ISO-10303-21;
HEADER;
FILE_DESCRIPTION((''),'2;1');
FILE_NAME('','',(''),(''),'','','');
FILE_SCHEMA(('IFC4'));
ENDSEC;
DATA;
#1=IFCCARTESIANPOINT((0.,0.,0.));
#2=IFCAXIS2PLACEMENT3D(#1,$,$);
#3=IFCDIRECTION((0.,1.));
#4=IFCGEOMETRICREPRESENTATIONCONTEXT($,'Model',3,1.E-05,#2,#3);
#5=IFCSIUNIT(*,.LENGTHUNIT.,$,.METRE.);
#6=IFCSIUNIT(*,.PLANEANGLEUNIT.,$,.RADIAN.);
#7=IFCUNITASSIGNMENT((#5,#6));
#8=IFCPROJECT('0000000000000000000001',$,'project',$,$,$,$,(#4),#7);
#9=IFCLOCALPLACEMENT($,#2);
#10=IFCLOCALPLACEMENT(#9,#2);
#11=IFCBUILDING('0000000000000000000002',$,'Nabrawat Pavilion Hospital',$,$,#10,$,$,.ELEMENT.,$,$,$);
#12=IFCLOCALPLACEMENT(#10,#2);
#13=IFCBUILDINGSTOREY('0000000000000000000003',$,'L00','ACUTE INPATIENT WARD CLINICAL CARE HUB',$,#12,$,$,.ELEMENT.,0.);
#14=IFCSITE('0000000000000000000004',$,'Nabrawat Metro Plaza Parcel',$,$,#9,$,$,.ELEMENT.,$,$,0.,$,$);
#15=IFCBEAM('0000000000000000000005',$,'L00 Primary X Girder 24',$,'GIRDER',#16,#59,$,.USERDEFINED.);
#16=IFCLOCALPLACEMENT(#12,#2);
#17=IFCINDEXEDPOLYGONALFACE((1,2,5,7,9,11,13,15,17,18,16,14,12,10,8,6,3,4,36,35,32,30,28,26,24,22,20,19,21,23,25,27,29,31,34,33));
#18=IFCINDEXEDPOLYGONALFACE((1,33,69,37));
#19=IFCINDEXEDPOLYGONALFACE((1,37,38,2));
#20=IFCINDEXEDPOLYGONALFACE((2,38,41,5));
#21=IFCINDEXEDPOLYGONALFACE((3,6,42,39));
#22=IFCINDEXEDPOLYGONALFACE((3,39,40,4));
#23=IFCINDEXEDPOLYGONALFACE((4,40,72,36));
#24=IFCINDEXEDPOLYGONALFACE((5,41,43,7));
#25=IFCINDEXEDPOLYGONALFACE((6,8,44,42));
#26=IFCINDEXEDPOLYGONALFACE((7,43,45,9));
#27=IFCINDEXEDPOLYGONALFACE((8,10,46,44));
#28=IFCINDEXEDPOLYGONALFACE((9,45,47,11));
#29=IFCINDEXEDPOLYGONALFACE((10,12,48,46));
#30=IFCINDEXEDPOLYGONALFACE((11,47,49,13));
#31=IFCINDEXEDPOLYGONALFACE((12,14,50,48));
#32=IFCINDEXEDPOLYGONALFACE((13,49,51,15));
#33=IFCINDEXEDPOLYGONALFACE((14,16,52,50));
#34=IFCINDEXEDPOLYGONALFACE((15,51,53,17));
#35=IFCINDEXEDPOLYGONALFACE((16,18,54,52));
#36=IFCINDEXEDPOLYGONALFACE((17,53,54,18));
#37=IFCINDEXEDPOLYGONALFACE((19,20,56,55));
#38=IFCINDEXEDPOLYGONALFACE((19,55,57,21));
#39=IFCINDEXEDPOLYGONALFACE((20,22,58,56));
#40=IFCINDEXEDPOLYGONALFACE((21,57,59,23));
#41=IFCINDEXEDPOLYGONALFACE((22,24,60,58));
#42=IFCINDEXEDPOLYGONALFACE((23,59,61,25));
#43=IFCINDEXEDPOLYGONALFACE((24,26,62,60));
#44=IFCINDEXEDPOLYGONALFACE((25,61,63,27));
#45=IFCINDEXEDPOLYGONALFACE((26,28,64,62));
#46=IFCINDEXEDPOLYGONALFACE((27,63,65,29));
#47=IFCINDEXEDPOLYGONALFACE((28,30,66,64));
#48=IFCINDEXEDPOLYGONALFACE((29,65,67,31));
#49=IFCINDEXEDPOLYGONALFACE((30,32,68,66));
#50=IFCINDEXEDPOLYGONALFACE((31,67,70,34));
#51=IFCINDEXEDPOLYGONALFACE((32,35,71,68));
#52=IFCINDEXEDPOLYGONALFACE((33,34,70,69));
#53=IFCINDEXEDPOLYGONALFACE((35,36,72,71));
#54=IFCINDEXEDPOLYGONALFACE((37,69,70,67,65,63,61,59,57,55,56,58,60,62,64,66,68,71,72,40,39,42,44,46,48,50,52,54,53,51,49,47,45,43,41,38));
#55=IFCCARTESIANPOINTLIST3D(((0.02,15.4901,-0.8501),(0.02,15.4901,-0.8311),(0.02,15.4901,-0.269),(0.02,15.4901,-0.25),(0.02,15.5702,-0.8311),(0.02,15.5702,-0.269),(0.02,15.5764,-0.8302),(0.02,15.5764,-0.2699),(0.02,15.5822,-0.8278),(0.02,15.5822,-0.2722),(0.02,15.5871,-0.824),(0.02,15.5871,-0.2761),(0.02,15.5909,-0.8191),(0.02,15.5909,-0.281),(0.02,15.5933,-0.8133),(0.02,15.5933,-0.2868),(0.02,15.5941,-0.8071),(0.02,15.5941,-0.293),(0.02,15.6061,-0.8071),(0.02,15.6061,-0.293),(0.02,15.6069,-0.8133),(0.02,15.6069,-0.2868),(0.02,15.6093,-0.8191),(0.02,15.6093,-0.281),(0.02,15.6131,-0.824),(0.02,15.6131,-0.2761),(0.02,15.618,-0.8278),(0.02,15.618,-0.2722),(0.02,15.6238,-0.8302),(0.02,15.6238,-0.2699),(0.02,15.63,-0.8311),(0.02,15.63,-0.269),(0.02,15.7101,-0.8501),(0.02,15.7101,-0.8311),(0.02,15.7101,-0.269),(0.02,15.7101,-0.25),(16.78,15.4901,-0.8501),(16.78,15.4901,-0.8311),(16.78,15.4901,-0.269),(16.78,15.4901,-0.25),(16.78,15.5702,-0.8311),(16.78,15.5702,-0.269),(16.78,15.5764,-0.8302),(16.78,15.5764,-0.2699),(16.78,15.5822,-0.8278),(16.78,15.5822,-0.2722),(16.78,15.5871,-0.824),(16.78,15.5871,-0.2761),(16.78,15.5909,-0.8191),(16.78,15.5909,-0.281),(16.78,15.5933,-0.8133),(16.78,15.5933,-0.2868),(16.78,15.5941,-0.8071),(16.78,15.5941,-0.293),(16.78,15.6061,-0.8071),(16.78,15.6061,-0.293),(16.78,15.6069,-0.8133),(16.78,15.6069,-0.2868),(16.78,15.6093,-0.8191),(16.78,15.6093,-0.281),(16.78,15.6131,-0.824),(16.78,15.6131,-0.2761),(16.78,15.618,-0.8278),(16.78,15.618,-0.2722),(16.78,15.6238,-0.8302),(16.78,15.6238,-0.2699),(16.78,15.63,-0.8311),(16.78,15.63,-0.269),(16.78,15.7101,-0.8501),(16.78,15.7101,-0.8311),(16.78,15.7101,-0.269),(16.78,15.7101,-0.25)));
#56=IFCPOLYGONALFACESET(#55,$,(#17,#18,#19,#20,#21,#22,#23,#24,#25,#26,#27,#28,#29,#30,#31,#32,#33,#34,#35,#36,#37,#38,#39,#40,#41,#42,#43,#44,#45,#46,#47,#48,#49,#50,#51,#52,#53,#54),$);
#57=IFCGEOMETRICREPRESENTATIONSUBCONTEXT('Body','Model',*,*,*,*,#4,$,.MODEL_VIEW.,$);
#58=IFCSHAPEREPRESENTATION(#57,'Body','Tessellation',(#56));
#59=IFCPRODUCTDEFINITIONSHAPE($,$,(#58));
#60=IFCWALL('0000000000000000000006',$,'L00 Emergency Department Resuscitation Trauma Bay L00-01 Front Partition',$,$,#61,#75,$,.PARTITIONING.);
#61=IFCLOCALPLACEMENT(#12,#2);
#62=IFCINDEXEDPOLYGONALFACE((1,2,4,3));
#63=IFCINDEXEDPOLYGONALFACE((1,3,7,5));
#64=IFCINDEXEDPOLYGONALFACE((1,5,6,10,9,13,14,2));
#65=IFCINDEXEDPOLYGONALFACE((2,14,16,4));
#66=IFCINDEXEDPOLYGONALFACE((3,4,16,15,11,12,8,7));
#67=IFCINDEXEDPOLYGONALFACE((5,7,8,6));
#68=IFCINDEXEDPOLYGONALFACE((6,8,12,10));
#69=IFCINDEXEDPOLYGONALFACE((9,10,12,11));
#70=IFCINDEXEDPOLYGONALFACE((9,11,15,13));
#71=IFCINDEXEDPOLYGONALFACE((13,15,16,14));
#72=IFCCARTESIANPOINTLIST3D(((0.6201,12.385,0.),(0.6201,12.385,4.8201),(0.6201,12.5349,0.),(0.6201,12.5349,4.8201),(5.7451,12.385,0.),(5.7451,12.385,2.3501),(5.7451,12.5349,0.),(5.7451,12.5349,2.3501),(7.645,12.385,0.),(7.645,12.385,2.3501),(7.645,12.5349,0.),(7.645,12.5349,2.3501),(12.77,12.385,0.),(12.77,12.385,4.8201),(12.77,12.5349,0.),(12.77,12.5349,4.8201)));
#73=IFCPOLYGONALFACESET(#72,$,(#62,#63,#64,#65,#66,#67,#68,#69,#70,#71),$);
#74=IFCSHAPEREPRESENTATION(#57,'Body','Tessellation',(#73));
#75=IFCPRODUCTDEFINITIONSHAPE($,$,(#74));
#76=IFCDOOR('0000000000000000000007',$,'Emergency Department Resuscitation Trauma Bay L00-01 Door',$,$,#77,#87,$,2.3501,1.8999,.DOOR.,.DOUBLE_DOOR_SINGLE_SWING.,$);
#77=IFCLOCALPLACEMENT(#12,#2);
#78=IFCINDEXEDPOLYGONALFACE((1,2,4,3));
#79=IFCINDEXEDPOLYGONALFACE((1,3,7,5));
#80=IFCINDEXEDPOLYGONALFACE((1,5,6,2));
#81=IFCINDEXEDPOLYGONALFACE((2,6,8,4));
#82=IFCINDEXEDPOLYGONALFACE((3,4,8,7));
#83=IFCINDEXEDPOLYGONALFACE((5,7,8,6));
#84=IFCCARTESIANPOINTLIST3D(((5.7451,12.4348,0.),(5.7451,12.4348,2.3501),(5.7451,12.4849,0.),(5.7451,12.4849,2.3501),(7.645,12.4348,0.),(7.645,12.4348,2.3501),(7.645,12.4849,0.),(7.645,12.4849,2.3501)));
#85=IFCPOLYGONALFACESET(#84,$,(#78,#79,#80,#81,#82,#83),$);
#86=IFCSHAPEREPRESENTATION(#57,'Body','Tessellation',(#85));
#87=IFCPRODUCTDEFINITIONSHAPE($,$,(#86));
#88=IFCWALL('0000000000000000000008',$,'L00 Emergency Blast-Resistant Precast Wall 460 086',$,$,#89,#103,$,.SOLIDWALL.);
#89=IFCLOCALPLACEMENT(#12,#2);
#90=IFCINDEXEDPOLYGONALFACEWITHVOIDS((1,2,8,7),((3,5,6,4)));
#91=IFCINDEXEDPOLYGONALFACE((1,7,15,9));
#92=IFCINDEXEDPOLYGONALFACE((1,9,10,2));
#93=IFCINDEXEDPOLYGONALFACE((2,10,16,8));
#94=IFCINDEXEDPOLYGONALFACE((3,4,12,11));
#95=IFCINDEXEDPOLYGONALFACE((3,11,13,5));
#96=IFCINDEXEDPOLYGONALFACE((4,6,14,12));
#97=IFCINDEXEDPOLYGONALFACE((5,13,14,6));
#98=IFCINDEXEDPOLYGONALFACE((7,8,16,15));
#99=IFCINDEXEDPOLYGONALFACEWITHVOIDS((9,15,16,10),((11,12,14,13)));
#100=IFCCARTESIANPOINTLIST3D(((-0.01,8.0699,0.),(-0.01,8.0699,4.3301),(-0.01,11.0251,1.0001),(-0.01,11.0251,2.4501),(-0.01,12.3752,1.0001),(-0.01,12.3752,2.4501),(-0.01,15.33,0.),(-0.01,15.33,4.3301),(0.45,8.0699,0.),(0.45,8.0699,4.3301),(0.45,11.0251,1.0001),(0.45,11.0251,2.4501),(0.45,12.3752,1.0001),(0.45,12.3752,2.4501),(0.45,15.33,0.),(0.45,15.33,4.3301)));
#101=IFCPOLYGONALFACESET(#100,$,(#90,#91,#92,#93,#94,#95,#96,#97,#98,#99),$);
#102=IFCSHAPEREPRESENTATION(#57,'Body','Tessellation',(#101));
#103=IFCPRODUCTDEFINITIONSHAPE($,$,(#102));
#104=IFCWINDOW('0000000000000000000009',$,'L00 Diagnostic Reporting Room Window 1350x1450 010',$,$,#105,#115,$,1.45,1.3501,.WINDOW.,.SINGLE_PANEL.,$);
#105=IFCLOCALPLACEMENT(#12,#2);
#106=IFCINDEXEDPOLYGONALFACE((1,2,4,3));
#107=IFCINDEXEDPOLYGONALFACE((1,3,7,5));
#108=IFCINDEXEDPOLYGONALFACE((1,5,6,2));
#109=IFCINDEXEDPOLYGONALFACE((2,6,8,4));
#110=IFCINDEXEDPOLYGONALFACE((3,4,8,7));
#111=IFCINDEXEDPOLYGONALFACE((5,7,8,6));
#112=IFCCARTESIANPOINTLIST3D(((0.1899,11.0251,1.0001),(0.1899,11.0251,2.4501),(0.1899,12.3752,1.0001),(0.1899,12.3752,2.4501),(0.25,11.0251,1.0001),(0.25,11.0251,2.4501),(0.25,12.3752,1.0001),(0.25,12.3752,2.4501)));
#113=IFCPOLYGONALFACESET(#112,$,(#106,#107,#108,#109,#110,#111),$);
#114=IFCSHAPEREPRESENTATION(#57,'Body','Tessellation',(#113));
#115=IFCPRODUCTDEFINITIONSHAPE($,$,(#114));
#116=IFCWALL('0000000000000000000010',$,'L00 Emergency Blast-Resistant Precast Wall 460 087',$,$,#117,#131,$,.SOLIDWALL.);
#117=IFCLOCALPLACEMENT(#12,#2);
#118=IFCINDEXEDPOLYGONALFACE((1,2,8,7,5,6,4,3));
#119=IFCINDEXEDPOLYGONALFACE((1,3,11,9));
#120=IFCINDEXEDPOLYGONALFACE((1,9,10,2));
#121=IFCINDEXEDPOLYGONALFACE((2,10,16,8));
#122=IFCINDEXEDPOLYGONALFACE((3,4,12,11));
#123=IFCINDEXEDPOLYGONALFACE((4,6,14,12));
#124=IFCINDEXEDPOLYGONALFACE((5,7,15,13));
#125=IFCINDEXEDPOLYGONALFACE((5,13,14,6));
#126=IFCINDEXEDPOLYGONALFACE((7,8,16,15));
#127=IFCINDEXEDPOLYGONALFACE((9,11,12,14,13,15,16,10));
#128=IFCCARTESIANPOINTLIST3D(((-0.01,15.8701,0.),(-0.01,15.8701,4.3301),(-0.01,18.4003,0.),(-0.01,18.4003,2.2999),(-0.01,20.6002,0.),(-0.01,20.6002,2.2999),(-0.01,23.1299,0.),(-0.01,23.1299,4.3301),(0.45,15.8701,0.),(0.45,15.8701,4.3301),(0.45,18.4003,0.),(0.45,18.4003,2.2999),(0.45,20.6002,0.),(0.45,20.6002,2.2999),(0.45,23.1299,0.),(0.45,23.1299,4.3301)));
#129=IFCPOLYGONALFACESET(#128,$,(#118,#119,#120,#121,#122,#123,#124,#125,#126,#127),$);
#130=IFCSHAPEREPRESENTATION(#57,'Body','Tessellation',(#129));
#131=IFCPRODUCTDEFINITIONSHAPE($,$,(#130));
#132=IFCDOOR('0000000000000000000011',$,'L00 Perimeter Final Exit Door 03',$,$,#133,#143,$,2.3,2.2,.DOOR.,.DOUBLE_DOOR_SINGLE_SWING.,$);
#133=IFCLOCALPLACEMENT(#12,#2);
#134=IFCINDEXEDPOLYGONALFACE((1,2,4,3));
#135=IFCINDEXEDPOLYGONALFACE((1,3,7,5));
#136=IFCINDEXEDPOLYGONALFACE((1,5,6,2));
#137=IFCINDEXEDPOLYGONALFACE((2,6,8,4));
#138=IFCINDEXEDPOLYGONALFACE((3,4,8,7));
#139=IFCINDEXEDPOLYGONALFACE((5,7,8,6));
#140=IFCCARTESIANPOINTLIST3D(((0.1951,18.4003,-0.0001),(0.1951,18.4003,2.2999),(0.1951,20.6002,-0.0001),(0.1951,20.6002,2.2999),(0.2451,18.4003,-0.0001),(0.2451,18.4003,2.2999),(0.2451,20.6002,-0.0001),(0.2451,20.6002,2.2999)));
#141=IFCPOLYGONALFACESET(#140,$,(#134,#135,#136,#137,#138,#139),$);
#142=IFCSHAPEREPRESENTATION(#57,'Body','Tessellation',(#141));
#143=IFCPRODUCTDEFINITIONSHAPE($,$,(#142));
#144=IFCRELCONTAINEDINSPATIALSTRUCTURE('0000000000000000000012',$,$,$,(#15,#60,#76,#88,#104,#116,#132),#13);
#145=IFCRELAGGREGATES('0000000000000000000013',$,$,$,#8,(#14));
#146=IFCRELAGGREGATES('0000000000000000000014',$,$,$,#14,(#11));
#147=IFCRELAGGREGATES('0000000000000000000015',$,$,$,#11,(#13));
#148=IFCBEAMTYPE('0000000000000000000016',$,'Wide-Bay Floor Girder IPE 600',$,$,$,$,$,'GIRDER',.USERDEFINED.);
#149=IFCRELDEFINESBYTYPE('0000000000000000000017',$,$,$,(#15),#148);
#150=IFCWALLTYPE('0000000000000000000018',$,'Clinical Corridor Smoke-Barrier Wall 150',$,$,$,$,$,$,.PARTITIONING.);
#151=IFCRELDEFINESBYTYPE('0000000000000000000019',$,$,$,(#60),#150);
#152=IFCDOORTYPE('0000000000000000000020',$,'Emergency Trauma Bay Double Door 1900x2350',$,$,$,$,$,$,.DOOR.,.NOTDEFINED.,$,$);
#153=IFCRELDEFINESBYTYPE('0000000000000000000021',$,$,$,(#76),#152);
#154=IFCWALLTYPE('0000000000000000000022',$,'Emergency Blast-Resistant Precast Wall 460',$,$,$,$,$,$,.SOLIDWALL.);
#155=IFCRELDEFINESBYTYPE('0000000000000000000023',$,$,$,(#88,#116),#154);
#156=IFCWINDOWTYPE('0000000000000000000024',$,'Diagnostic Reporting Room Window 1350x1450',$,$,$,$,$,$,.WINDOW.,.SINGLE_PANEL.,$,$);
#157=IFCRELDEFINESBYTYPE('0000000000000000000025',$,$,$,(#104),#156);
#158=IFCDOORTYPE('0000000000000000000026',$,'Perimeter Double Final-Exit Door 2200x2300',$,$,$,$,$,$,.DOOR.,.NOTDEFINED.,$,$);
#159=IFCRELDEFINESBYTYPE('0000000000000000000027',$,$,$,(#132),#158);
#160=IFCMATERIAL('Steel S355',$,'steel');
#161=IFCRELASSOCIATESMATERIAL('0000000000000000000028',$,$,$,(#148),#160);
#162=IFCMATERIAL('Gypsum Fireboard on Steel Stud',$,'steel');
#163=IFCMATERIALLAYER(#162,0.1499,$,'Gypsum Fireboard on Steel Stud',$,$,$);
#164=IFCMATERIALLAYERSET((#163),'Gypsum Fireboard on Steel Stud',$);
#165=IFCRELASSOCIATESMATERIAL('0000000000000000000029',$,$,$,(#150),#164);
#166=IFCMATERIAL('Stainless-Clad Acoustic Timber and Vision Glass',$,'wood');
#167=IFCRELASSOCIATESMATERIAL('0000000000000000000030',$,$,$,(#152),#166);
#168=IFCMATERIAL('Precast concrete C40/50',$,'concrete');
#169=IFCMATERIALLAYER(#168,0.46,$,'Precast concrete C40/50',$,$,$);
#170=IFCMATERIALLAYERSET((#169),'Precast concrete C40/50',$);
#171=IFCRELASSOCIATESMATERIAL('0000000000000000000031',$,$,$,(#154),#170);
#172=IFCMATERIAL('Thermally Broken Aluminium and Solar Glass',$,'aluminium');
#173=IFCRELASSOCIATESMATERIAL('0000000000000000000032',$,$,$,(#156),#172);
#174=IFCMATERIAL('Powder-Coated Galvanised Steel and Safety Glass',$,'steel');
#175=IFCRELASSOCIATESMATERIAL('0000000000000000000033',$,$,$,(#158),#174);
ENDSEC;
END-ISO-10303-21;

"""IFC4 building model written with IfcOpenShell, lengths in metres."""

from ifc_helpers import new_model, si_unit, direction, frame, frame_2d, origin, origin_2d, place, context, subcontext, project, spatial, rectangle, i_section, extrude, material, layer, layer_set, material_profile, profile_set, type_object, element, fill, save


model = new_model("IFC4")

# Units and contexts
model_context = context("Model", 3, precision=1e-05, world=origin(), true_north=direction((0.0, 1.0)))
body_context = subcontext(model_context, "Body", "Model", "MODEL_VIEW")
ifc_project = project(units=[si_unit("LENGTHUNIT", "METRE"), si_unit("PLANEANGLEUNIT", "RADIAN")], contexts=[model_context])

# Site, building, storey
site_placement = place(None, origin())
site = spatial("IfcSite", under=ifc_project, at=site_placement, Name="Nabrawat Metro Plaza Parcel", CompositionType="ELEMENT", RefElevation=0.0)
building_placement = place(site_placement, origin())
building = spatial("IfcBuilding", under=site, at=building_placement, Name="Nabrawat Pavilion Hospital", CompositionType="ELEMENT")
storey_placement = place(building_placement, origin())
storey = spatial("IfcBuildingStorey", under=building, at=storey_placement, Name="L00", Description="ACUTE INPATIENT WARD CLINICAL CARE HUB", CompositionType="ELEMENT", Elevation=0.0)

# Shared definitions
ifc_material_1 = material(Name="Steel S355", Category="steel")

# Beam
ifc_material_profile_1 = material_profile(ifc_material_1, i_section(OverallWidth=0.22, OverallDepth=0.6001, WebThickness=0.012, FlangeThickness=0.019, FilletRadius=0.0239, at=origin_2d()), Name="IPE 600")
ifc_profile_set_1 = profile_set([ifc_material_profile_1], Name="Steel S355")
beam_type_1 = type_object("IfcBeamType", Name="Wide-Bay Floor Girder IPE 600", ElementType="GIRDER", PredefinedType="USERDEFINED", material=ifc_profile_set_1)
beam_1_placement = place(storey_placement, frame((0.02, 15.6001, -0.55), z_axis=(1.0, 0.0, 0.0), x_axis=(0.0, 1.0, 0.0)))
element("IfcBeam", 1, at=beam_1_placement, inside=storey, type_object=beam_type_1, Name="L00 Primary X Girder 24", ObjectType="GIRDER", PredefinedType="USERDEFINED", context=body_context, shape_type="SweptSolid", body=[
    extrude(i_section(OverallWidth=0.22, OverallDepth=0.6001, WebThickness=0.012, FlangeThickness=0.019, FilletRadius=0.0239, at=origin_2d()), origin(), (0.0, 0.0, 1.0), 16.76),
])

# Wall, opening, door
ifc_material_2 = material(Name="Gypsum Fireboard on Steel Stud", Category="steel")
ifc_layer_1 = layer(ifc_material_2, 0.1499, Name="Gypsum Fireboard on Steel Stud")
ifc_layer_set_1 = layer_set([ifc_layer_1], Name="Gypsum Fireboard on Steel Stud")
wall_type_1 = type_object("IfcWallType", Name="Clinical Corridor Smoke-Barrier Wall 150", PredefinedType="PARTITIONING", material=ifc_layer_set_1)
wall_1_placement = place(storey_placement, frame((0.6201, 12.46, 0.0), z_axis=(0.0, 0.0, 1.0), x_axis=(1.0, 0.0, 0.0)))
wall_1 = element("IfcWall", 2, at=wall_1_placement, inside=storey, type_object=wall_type_1, Name="L00 Emergency Department Resuscitation Trauma Bay L00-01 Front Partition", PredefinedType="PARTITIONING", context=body_context, shape_type="SweptSolid", body=[
    extrude(rectangle(XDim=12.1499, YDim=0.1499, at=frame_2d((6.075, 0.0))), origin(), (0.0, 0.0, 1.0), 4.8201),
])
opening_1_placement = place(wall_1_placement, frame((5.125, 0.0, 0.0)))
opening_1 = element("IfcOpeningElement", 3, at=opening_1_placement, cuts=wall_1, PredefinedType="OPENING", context=body_context, shape_type="SweptSolid", body=[
    extrude(rectangle(XDim=1.8999, YDim=2.3501, at=frame_2d((0.95, 1.175))), frame((0.0, 0.085, 0.0), z_axis=(0.0, -1.0, 0.0), x_axis=(1.0, 0.0, 0.0)), (0.0, 0.0, 1.0), 0.1699),
])
ifc_material_3 = material(Name="Stainless-Clad Acoustic Timber and Vision Glass", Category="wood")
door_type_1 = type_object("IfcDoorType", Name="Emergency Trauma Bay Double Door 1900x2350", OperationType="NOTDEFINED", PredefinedType="DOOR", material=ifc_material_3)
door_1_placement = place(opening_1_placement, origin())
door_1 = element("IfcDoor", 4, at=door_1_placement, inside=storey, type_object=door_type_1, Name="Emergency Department Resuscitation Trauma Bay L00-01 Door", OperationType="DOUBLE_DOOR_SINGLE_SWING", OverallHeight=2.3501, OverallWidth=1.8999, PredefinedType="DOOR", context=body_context, shape_type="SweptSolid", body=[
    extrude(rectangle(XDim=1.8999, YDim=2.3501, at=frame_2d((0.95, 1.175))), frame((0.0, 0.0249, 0.0), z_axis=(0.0, -1.0, 0.0), x_axis=(1.0, 0.0, 0.0)), (0.0, 0.0, 1.0), 0.05),
])
fill(opening_1, door_1)

# Wall, opening, window
ifc_material_4 = material(Name="Precast concrete C40/50", Category="concrete")
ifc_layer_2 = layer(ifc_material_4, 0.46, Name="Precast concrete C40/50")
ifc_layer_set_2 = layer_set([ifc_layer_2], Name="Precast concrete C40/50")
wall_type_2 = type_object("IfcWallType", Name="Emergency Blast-Resistant Precast Wall 460", PredefinedType="SOLIDWALL", material=ifc_layer_set_2)
wall_2_placement = place(storey_placement, frame((0.22, 8.0701, 0.0), z_axis=(0.0, 0.0, 1.0), x_axis=(0.0, 1.0, 0.0)))
wall_2 = element("IfcWall", 5, at=wall_2_placement, inside=storey, type_object=wall_type_2, Name="L00 Emergency Blast-Resistant Precast Wall 460 086", PredefinedType="SOLIDWALL", context=body_context, shape_type="SweptSolid", body=[
    extrude(rectangle(XDim=7.26, YDim=0.46, at=frame_2d((3.6299, 0.0))), origin(), (0.0, 0.0, 1.0), 4.3301),
])
opening_2_placement = place(wall_2_placement, frame((2.9551, 0.0, 1.0)))
opening_2 = element("IfcOpeningElement", 6, at=opening_2_placement, cuts=wall_2, PredefinedType="OPENING", context=body_context, shape_type="SweptSolid", body=[
    extrude(rectangle(XDim=1.3501, YDim=1.45, at=frame_2d((0.675, 0.7251))), frame((0.0, 0.24, 0.0), z_axis=(0.0, -1.0, 0.0), x_axis=(1.0, 0.0, 0.0)), (0.0, 0.0, 1.0), 0.48),
])
ifc_material_5 = material(Name="Thermally Broken Aluminium and Solar Glass", Category="aluminium")
window_type_1 = type_object("IfcWindowType", Name="Diagnostic Reporting Room Window 1350x1450", PartitioningType="SINGLE_PANEL", PredefinedType="WINDOW", material=ifc_material_5)
window_1_placement = place(opening_2_placement, origin())
window_1 = element("IfcWindow", 7, at=window_1_placement, inside=storey, type_object=window_type_1, Name="L00 Diagnostic Reporting Room Window 1350x1450 010", OverallHeight=1.45, OverallWidth=1.3501, PartitioningType="SINGLE_PANEL", PredefinedType="WINDOW", context=body_context, shape_type="SweptSolid", body=[
    extrude(rectangle(XDim=1.3501, YDim=1.45, at=frame_2d((0.675, 0.7251))), frame((0.0, 0.03, 0.0), z_axis=(0.0, -1.0, 0.0), x_axis=(1.0, 0.0, 0.0)), (0.0, 0.0, 1.0), 0.0601),
])
fill(opening_2, window_1)

# Wall, opening, door
wall_3_placement = place(storey_placement, frame((0.22, 15.8701, 0.0), z_axis=(0.0, 0.0, 1.0), x_axis=(0.0, 1.0, 0.0)))
wall_3 = element("IfcWall", 8, at=wall_3_placement, inside=storey, type_object=wall_type_2, Name="L00 Emergency Blast-Resistant Precast Wall 460 087", PredefinedType="SOLIDWALL", context=body_context, shape_type="SweptSolid", body=[
    extrude(rectangle(XDim=7.2598, YDim=0.46, at=frame_2d((3.6299, 0.0))), origin(), (0.0, 0.0, 1.0), 4.3301),
])
opening_3_placement = place(wall_3_placement, frame((2.53, 0.0, 0.0)))
opening_3 = element("IfcOpeningElement", 9, at=opening_3_placement, cuts=wall_3, PredefinedType="OPENING", context=body_context, shape_type="SweptSolid", body=[
    extrude(rectangle(XDim=2.2, YDim=2.3, at=frame_2d((1.1001, 1.1499))), frame((0.0, 0.24, 0.0), z_axis=(0.0, -1.0, 0.0), x_axis=(1.0, 0.0, 0.0)), (0.0, 0.0, 1.0), 0.48),
])
ifc_material_6 = material(Name="Powder-Coated Galvanised Steel and Safety Glass", Category="steel")
door_type_2 = type_object("IfcDoorType", Name="Perimeter Double Final-Exit Door 2200x2300", OperationType="NOTDEFINED", PredefinedType="DOOR", material=ifc_material_6)
door_2_placement = place(opening_3_placement, origin())
door_2 = element("IfcDoor", 10, at=door_2_placement, inside=storey, type_object=door_type_2, Name="L00 Perimeter Final Exit Door 03", OperationType="DOUBLE_DOOR_SINGLE_SWING", OverallHeight=2.3, OverallWidth=2.2, PredefinedType="DOOR", context=body_context, shape_type="SweptSolid", body=[
    extrude(rectangle(XDim=2.2, YDim=2.3, at=frame_2d((1.1001, 1.1499))), frame((0.0, 0.0249, 0.0), z_axis=(0.0, -1.0, 0.0), x_axis=(1.0, 0.0, 0.0)), (0.0, 0.0, 1.0), 0.05),
])
fill(opening_3, door_2)

save(model, "model.ifc")
